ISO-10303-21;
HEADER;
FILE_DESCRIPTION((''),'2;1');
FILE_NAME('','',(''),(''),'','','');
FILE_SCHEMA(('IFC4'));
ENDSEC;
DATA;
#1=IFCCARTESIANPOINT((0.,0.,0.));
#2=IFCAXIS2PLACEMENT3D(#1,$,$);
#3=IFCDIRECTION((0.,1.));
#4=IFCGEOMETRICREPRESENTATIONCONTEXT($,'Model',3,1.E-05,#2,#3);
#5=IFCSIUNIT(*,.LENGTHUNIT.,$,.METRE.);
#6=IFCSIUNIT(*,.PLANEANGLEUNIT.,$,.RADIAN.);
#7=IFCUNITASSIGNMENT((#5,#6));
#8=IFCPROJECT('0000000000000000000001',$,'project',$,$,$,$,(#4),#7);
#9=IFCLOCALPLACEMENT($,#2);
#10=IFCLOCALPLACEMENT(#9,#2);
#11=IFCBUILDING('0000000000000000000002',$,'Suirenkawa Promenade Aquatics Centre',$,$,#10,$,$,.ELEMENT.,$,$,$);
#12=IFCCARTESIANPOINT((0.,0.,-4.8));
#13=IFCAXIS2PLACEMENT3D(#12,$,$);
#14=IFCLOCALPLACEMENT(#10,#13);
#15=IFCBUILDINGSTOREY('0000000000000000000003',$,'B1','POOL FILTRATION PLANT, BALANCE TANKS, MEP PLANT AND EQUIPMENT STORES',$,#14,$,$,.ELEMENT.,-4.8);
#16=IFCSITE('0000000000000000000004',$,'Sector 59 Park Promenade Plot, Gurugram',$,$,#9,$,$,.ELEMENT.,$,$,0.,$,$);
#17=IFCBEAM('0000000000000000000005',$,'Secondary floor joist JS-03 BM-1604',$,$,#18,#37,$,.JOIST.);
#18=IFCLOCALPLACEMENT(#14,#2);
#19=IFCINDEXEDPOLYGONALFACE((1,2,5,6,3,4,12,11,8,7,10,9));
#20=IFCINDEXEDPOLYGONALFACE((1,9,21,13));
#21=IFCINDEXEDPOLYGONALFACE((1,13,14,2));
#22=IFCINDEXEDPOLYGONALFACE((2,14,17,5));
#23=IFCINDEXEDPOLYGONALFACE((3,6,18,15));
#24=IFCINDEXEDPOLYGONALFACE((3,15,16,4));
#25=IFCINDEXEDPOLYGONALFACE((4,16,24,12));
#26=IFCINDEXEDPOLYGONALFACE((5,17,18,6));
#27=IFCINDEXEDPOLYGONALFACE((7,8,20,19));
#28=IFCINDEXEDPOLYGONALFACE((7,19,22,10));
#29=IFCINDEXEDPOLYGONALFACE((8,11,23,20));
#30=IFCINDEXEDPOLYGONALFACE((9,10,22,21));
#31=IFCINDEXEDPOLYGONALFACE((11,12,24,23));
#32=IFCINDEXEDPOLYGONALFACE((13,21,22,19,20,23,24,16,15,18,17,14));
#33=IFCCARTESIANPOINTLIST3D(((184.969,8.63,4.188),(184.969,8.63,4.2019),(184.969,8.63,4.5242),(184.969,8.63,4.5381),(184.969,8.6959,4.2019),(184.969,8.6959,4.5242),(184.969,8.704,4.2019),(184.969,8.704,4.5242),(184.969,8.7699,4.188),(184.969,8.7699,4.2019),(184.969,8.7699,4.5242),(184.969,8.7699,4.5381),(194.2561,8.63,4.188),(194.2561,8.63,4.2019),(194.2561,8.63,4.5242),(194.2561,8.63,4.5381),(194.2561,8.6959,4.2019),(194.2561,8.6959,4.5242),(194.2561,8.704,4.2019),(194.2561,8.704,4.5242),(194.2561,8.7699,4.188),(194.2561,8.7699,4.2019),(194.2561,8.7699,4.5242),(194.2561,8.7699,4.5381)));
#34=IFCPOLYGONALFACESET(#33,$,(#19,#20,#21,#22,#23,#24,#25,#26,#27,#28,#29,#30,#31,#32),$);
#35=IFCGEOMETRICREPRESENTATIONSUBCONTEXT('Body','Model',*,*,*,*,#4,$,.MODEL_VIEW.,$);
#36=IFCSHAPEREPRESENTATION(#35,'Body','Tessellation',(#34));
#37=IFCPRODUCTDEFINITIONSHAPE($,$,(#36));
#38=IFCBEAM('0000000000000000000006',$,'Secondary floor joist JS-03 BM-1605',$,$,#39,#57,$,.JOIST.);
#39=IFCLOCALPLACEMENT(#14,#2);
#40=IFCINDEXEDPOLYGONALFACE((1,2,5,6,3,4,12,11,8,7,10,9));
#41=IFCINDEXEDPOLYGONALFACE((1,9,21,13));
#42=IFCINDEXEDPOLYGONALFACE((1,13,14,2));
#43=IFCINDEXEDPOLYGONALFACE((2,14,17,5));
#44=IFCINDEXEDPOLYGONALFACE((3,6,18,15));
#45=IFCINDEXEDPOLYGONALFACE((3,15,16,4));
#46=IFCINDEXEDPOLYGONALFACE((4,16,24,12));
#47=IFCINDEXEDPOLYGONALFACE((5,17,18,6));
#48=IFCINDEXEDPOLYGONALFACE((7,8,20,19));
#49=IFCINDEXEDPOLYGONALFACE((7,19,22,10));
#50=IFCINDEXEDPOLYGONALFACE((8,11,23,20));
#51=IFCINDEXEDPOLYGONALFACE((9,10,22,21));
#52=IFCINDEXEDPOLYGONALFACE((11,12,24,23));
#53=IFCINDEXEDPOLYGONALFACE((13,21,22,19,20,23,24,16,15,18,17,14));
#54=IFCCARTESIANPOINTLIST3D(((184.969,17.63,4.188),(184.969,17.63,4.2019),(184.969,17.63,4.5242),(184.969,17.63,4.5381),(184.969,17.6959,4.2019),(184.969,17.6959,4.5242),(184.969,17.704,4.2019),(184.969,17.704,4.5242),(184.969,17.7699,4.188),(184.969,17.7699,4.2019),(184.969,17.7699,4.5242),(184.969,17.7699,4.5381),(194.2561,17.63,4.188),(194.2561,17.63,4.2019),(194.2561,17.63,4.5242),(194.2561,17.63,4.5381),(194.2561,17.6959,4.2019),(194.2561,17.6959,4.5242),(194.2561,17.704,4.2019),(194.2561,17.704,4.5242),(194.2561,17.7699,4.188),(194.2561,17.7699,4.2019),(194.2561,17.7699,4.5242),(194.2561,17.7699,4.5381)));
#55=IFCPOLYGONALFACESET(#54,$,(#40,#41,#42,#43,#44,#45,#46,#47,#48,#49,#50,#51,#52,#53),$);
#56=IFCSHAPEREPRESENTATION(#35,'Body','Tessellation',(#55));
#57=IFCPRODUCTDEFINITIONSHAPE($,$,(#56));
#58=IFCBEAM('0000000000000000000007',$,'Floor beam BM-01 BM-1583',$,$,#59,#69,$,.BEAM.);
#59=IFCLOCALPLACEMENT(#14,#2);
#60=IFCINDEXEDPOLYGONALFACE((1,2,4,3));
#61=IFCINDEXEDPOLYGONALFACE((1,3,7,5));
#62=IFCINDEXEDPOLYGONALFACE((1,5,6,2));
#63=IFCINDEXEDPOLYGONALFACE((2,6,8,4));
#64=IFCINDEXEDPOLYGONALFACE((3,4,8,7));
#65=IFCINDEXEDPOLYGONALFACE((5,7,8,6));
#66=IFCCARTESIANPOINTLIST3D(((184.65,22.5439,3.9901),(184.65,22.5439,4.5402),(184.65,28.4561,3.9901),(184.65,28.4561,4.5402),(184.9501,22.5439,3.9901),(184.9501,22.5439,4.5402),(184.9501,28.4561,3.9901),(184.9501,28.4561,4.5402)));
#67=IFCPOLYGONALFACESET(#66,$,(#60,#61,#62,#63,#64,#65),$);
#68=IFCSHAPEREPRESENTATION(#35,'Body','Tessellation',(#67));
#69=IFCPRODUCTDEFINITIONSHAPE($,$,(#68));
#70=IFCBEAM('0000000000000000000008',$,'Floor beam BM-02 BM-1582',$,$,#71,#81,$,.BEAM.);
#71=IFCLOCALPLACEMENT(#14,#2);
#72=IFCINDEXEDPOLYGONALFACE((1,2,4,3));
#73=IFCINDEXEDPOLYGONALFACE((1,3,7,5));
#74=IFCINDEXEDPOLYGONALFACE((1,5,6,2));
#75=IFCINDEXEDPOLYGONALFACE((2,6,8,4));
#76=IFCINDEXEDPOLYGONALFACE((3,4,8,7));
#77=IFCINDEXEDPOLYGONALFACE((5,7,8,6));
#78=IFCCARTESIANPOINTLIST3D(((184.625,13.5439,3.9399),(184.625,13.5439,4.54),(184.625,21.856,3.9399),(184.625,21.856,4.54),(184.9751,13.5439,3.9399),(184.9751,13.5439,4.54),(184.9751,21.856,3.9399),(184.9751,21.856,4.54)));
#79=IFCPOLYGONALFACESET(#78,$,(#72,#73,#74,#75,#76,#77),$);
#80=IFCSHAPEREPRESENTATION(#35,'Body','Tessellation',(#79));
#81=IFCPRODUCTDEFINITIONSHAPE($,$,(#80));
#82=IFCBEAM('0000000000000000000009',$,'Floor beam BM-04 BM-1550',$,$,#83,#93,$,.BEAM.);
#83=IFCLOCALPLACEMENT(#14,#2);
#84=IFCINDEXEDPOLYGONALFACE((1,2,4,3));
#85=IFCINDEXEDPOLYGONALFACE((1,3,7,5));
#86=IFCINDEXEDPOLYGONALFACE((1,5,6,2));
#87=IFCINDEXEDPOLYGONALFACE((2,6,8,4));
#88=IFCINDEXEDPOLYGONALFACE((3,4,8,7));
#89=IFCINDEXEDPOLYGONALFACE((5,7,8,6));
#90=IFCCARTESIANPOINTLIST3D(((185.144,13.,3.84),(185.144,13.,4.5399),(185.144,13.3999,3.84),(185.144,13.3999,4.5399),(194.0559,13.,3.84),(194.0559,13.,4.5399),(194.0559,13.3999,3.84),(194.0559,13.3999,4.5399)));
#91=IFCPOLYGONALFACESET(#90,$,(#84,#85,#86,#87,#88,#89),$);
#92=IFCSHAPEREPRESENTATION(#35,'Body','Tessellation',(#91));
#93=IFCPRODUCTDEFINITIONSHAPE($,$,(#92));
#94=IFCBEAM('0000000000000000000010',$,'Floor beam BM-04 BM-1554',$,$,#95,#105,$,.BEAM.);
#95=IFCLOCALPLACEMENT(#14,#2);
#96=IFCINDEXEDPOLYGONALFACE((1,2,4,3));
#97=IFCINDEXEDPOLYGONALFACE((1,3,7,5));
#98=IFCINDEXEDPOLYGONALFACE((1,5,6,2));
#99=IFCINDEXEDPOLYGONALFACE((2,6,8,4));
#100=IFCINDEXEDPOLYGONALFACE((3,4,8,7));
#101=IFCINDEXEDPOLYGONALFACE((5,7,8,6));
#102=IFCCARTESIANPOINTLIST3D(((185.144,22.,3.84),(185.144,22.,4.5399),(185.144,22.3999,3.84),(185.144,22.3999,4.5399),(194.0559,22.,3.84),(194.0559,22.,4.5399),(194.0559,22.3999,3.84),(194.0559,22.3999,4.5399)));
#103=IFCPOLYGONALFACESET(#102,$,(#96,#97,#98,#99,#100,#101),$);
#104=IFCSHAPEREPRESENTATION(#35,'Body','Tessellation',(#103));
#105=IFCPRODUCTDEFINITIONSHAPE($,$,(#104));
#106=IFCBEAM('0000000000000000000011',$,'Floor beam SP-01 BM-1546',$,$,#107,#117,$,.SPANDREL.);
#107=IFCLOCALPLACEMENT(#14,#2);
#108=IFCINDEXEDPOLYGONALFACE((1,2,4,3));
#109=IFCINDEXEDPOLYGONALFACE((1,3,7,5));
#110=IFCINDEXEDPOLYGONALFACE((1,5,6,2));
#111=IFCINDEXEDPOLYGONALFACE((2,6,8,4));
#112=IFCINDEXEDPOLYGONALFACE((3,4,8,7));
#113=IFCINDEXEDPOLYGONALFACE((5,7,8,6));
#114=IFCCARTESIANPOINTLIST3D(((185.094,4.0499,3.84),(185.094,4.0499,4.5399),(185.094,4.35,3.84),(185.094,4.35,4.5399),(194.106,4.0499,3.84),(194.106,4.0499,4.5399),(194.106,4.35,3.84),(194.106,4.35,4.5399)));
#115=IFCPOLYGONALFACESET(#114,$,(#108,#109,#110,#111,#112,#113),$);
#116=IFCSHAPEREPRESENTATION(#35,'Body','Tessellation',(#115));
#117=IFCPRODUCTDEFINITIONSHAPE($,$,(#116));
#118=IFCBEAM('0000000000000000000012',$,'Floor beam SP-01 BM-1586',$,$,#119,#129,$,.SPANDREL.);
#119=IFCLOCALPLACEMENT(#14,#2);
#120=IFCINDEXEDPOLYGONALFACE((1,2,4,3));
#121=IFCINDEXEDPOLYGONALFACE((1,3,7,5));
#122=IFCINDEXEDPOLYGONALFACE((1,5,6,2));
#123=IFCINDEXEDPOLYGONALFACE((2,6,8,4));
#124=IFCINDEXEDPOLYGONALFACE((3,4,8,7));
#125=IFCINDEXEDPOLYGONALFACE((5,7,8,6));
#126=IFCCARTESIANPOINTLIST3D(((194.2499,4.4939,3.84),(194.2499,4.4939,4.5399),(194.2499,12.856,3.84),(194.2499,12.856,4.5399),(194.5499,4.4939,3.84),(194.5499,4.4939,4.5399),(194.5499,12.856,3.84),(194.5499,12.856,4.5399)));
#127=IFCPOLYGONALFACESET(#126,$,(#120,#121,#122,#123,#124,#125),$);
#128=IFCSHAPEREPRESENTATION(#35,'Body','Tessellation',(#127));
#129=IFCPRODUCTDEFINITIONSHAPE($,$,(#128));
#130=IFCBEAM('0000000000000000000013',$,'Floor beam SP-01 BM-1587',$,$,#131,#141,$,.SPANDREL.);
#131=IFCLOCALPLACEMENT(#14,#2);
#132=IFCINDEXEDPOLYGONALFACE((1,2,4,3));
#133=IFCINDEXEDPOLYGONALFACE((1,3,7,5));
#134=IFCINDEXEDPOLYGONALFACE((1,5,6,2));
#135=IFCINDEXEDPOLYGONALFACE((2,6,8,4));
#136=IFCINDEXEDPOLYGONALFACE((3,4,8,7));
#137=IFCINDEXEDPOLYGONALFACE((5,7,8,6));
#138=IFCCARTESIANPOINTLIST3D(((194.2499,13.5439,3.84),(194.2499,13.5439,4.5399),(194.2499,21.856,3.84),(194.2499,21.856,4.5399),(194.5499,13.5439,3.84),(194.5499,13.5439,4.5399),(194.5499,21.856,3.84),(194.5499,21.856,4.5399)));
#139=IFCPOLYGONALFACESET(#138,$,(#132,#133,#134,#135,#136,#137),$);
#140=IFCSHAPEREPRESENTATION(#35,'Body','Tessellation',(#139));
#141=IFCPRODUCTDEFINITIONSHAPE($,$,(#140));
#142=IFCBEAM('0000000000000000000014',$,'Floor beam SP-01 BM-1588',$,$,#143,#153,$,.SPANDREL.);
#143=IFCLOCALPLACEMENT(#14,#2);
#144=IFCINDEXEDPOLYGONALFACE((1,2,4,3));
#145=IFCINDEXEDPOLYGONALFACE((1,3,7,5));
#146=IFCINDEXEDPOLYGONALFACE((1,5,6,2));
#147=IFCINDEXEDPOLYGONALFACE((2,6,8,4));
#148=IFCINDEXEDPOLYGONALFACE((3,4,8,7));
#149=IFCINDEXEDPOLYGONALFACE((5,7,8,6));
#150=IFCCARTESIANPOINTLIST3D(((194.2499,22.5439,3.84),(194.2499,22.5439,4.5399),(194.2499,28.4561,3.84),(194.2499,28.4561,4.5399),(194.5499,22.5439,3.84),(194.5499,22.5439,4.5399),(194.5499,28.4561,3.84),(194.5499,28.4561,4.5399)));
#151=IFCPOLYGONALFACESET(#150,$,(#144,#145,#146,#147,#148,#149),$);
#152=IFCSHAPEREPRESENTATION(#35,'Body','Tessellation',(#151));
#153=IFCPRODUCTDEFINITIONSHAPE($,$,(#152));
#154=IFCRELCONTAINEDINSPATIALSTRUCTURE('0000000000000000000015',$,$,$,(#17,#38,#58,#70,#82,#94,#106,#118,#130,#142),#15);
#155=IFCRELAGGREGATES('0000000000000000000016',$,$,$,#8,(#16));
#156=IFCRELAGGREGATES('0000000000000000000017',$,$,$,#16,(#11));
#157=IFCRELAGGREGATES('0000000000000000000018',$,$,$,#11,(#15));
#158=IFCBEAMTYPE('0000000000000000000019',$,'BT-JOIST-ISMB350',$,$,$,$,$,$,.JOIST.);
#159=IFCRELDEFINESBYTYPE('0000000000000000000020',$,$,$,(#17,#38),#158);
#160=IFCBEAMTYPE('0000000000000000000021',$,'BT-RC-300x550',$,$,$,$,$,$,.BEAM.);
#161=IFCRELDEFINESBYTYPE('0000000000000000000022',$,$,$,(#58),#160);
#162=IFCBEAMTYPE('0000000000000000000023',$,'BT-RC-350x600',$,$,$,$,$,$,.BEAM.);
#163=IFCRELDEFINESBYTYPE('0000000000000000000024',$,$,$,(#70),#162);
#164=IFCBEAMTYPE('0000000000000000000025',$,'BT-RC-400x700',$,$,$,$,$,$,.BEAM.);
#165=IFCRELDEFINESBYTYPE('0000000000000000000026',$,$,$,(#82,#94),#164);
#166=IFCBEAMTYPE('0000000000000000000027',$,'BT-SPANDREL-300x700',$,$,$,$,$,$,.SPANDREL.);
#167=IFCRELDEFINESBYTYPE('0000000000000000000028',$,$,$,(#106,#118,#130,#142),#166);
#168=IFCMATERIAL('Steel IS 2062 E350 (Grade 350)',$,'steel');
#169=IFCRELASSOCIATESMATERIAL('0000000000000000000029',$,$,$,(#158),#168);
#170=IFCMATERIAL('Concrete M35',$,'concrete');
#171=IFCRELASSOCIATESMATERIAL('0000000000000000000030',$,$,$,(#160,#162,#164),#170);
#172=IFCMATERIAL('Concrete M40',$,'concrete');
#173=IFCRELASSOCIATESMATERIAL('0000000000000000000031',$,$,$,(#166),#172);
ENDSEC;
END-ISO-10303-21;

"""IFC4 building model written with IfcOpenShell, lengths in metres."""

from ifc_helpers import new_model, si_unit, direction, frame, origin, origin_2d, place, context, subcontext, project, spatial, rectangle, i_section, extrude, material, material_profile, profile_set, type_object, element, save


model = new_model("IFC4")

# Units and contexts
model_context = context("Model", 3, precision=1e-05, world=origin(), true_north=direction((0.0, 1.0)))
body_context = subcontext(model_context, "Body", "Model", "MODEL_VIEW")
ifc_project = project(units=[si_unit("LENGTHUNIT", "METRE"), si_unit("PLANEANGLEUNIT", "RADIAN")], contexts=[model_context])

# Site, building, storey
site_placement = place(None, origin())
site = spatial("IfcSite", under=ifc_project, at=site_placement, Name="Sector 59 Park Promenade Plot, Gurugram", CompositionType="ELEMENT", RefElevation=0.0)
building_placement = place(site_placement, origin())
building = spatial("IfcBuilding", under=site, at=building_placement, Name="Suirenkawa Promenade Aquatics Centre", CompositionType="ELEMENT")
storey_placement = place(building_placement, frame((0.0, 0.0, -4.8)))
storey = spatial("IfcBuildingStorey", under=building, at=storey_placement, Name="B1", Description="POOL FILTRATION PLANT, BALANCE TANKS, MEP PLANT AND EQUIPMENT STORES", CompositionType="ELEMENT", Elevation=-4.8)

# Shared definitions
ifc_material_1 = material(Name="Concrete M35", Category="concrete")

# Shared definitions
ifc_material_2 = material(Name="Concrete M40", Category="concrete")

# Beams
ifc_material_3 = material(Name="Steel IS 2062 E350 (Grade 350)", Category="steel")
ifc_material_profile_1 = material_profile(ifc_material_3, i_section(OverallWidth=0.1399, OverallDepth=0.3501, WebThickness=0.0081, FlangeThickness=0.0139, at=origin_2d()), Name="ISMB 350", Category="steel")
ifc_profile_set_1 = profile_set([ifc_material_profile_1], Name="Steel IS 2062 E350 (Grade 350)")
beam_type_1 = type_object("IfcBeamType", Name="BT-JOIST-ISMB350", PredefinedType="JOIST", material=ifc_profile_set_1)
for number, where, z_axis, x_axis, name in (
    (1, (184.969, 8.7, 4.363), (1.0, 0.0, 0.0), (0.0, 1.0, 0.0), "Secondary floor joist JS-03 BM-1604"),
    (2, (184.969, 17.7, 4.363), (1.0, 0.0, 0.0), (0.0, 1.0, 0.0), "Secondary floor joist JS-03 BM-1605"),
):
    element("IfcBeam", number, at=place(storey_placement, frame(where, z_axis=z_axis, x_axis=x_axis)), inside=storey, type_object=beam_type_1, Name=name, PredefinedType="JOIST", context=body_context, shape_type="SweptSolid", body=[
        extrude(i_section(OverallWidth=0.1399, OverallDepth=0.3501, WebThickness=0.0081, FlangeThickness=0.0139, at=origin_2d()), origin(), (0.0, 0.0, 1.0), 9.2871),
    ])
ifc_material_profile_2 = material_profile(ifc_material_1, rectangle(XDim=0.3, YDim=0.55, at=origin_2d()), Name="RC BM 300x550", Category="concrete")
ifc_profile_set_2 = profile_set([ifc_material_profile_2], Name="Concrete M35")
beam_type_2 = type_object("IfcBeamType", Name="BT-RC-300x550", PredefinedType="BEAM", material=ifc_profile_set_2)
beam_1_placement = place(storey_placement, frame((184.8, 22.5439, 4.2651), z_axis=(0.0, 1.0, 0.0), x_axis=(-1.0, 0.0, 0.0)))
element("IfcBeam", 3, at=beam_1_placement, inside=storey, type_object=beam_type_2, Name="Floor beam BM-01 BM-1583", PredefinedType="BEAM", context=body_context, shape_type="SweptSolid", body=[
    extrude(rectangle(XDim=0.3, YDim=0.55, at=origin_2d()), origin(), (0.0, 0.0, 1.0), 5.9121),
])
ifc_material_profile_3 = material_profile(ifc_material_1, rectangle(XDim=0.3501, YDim=0.6001, at=origin_2d()), Name="RC BM 350x600", Category="concrete")
ifc_profile_set_3 = profile_set([ifc_material_profile_3], Name="Concrete M35")
beam_type_3 = type_object("IfcBeamType", Name="BT-RC-350x600", PredefinedType="BEAM", material=ifc_profile_set_3)
beam_2_placement = place(storey_placement, frame((184.8, 13.5439, 4.24), z_axis=(0.0, 1.0, 0.0), x_axis=(-1.0, 0.0, 0.0)))
element("IfcBeam", 4, at=beam_2_placement, inside=storey, type_object=beam_type_3, Name="Floor beam BM-02 BM-1582", PredefinedType="BEAM", context=body_context, shape_type="SweptSolid", body=[
    extrude(rectangle(XDim=0.3501, YDim=0.6001, at=origin_2d()), origin(), (0.0, 0.0, 1.0), 8.312),
])
ifc_material_profile_4 = material_profile(ifc_material_1, rectangle(XDim=0.3999, YDim=0.7, at=origin_2d()), Name="RC BM 400x700", Category="concrete")
ifc_profile_set_4 = profile_set([ifc_material_profile_4], Name="Concrete M35")
beam_type_4 = type_object("IfcBeamType", Name="BT-RC-400x700", PredefinedType="BEAM", material=ifc_profile_set_4)
for number, where, z_axis, x_axis, name in (
    (5, (185.144, 13.2, 4.1899), (1.0, 0.0, 0.0), (0.0, 1.0, 0.0), "Floor beam BM-04 BM-1550"),
    (6, (185.144, 22.2, 4.1899), (1.0, 0.0, 0.0), (0.0, 1.0, 0.0), "Floor beam BM-04 BM-1554"),
):
    element("IfcBeam", number, at=place(storey_placement, frame(where, z_axis=z_axis, x_axis=x_axis)), inside=storey, type_object=beam_type_4, Name=name, PredefinedType="BEAM", context=body_context, shape_type="SweptSolid", body=[
        extrude(rectangle(XDim=0.3999, YDim=0.7, at=origin_2d()), origin(), (0.0, 0.0, 1.0), 8.9119),
    ])
ifc_material_profile_5 = material_profile(ifc_material_2, rectangle(XDim=0.3, YDim=0.7, at=origin_2d()), Name="RC SPANDREL 300x700", Category="concrete")
ifc_profile_set_5 = profile_set([ifc_material_profile_5], Name="Concrete M40")
beam_type_5 = type_object("IfcBeamType", Name="BT-SPANDREL-300x700", PredefinedType="SPANDREL", material=ifc_profile_set_5)
beam_3_placement = place(storey_placement, frame((185.094, 4.2, 4.1899), z_axis=(1.0, 0.0, 0.0), x_axis=(0.0, 1.0, 0.0)))
element("IfcBeam", 7, at=beam_3_placement, inside=storey, type_object=beam_type_5, Name="Floor beam SP-01 BM-1546", PredefinedType="SPANDREL", context=body_context, shape_type="SweptSolid", body=[
    extrude(rectangle(XDim=0.3, YDim=0.7, at=origin_2d()), origin(), (0.0, 0.0, 1.0), 9.012),
])
beam_4_placement = place(storey_placement, frame((194.3999, 4.4939, 4.1899), z_axis=(0.0, 1.0, 0.0), x_axis=(-1.0, 0.0, 0.0)))
element("IfcBeam", 8, at=beam_4_placement, inside=storey, type_object=beam_type_5, Name="Floor beam SP-01 BM-1586", PredefinedType="SPANDREL", context=body_context, shape_type="SweptSolid", body=[
    extrude(rectangle(XDim=0.3, YDim=0.7, at=origin_2d()), origin(), (0.0, 0.0, 1.0), 8.3621),
])
beam_5_placement = place(storey_placement, frame((194.3999, 13.5439, 4.1899), z_axis=(0.0, 1.0, 0.0), x_axis=(-1.0, 0.0, 0.0)))
element("IfcBeam", 9, at=beam_5_placement, inside=storey, type_object=beam_type_5, Name="Floor beam SP-01 BM-1587", PredefinedType="SPANDREL", context=body_context, shape_type="SweptSolid", body=[
    extrude(rectangle(XDim=0.3, YDim=0.7, at=origin_2d()), origin(), (0.0, 0.0, 1.0), 8.312),
])
beam_6_placement = place(storey_placement, frame((194.3999, 22.5439, 4.1899), z_axis=(0.0, 1.0, 0.0), x_axis=(-1.0, 0.0, 0.0)))
element("IfcBeam", 10, at=beam_6_placement, inside=storey, type_object=beam_type_5, Name="Floor beam SP-01 BM-1588", PredefinedType="SPANDREL", context=body_context, shape_type="SweptSolid", body=[
    extrude(rectangle(XDim=0.3, YDim=0.7, at=origin_2d()), origin(), (0.0, 0.0, 1.0), 5.9121),
])

save(model, "model.ifc")
